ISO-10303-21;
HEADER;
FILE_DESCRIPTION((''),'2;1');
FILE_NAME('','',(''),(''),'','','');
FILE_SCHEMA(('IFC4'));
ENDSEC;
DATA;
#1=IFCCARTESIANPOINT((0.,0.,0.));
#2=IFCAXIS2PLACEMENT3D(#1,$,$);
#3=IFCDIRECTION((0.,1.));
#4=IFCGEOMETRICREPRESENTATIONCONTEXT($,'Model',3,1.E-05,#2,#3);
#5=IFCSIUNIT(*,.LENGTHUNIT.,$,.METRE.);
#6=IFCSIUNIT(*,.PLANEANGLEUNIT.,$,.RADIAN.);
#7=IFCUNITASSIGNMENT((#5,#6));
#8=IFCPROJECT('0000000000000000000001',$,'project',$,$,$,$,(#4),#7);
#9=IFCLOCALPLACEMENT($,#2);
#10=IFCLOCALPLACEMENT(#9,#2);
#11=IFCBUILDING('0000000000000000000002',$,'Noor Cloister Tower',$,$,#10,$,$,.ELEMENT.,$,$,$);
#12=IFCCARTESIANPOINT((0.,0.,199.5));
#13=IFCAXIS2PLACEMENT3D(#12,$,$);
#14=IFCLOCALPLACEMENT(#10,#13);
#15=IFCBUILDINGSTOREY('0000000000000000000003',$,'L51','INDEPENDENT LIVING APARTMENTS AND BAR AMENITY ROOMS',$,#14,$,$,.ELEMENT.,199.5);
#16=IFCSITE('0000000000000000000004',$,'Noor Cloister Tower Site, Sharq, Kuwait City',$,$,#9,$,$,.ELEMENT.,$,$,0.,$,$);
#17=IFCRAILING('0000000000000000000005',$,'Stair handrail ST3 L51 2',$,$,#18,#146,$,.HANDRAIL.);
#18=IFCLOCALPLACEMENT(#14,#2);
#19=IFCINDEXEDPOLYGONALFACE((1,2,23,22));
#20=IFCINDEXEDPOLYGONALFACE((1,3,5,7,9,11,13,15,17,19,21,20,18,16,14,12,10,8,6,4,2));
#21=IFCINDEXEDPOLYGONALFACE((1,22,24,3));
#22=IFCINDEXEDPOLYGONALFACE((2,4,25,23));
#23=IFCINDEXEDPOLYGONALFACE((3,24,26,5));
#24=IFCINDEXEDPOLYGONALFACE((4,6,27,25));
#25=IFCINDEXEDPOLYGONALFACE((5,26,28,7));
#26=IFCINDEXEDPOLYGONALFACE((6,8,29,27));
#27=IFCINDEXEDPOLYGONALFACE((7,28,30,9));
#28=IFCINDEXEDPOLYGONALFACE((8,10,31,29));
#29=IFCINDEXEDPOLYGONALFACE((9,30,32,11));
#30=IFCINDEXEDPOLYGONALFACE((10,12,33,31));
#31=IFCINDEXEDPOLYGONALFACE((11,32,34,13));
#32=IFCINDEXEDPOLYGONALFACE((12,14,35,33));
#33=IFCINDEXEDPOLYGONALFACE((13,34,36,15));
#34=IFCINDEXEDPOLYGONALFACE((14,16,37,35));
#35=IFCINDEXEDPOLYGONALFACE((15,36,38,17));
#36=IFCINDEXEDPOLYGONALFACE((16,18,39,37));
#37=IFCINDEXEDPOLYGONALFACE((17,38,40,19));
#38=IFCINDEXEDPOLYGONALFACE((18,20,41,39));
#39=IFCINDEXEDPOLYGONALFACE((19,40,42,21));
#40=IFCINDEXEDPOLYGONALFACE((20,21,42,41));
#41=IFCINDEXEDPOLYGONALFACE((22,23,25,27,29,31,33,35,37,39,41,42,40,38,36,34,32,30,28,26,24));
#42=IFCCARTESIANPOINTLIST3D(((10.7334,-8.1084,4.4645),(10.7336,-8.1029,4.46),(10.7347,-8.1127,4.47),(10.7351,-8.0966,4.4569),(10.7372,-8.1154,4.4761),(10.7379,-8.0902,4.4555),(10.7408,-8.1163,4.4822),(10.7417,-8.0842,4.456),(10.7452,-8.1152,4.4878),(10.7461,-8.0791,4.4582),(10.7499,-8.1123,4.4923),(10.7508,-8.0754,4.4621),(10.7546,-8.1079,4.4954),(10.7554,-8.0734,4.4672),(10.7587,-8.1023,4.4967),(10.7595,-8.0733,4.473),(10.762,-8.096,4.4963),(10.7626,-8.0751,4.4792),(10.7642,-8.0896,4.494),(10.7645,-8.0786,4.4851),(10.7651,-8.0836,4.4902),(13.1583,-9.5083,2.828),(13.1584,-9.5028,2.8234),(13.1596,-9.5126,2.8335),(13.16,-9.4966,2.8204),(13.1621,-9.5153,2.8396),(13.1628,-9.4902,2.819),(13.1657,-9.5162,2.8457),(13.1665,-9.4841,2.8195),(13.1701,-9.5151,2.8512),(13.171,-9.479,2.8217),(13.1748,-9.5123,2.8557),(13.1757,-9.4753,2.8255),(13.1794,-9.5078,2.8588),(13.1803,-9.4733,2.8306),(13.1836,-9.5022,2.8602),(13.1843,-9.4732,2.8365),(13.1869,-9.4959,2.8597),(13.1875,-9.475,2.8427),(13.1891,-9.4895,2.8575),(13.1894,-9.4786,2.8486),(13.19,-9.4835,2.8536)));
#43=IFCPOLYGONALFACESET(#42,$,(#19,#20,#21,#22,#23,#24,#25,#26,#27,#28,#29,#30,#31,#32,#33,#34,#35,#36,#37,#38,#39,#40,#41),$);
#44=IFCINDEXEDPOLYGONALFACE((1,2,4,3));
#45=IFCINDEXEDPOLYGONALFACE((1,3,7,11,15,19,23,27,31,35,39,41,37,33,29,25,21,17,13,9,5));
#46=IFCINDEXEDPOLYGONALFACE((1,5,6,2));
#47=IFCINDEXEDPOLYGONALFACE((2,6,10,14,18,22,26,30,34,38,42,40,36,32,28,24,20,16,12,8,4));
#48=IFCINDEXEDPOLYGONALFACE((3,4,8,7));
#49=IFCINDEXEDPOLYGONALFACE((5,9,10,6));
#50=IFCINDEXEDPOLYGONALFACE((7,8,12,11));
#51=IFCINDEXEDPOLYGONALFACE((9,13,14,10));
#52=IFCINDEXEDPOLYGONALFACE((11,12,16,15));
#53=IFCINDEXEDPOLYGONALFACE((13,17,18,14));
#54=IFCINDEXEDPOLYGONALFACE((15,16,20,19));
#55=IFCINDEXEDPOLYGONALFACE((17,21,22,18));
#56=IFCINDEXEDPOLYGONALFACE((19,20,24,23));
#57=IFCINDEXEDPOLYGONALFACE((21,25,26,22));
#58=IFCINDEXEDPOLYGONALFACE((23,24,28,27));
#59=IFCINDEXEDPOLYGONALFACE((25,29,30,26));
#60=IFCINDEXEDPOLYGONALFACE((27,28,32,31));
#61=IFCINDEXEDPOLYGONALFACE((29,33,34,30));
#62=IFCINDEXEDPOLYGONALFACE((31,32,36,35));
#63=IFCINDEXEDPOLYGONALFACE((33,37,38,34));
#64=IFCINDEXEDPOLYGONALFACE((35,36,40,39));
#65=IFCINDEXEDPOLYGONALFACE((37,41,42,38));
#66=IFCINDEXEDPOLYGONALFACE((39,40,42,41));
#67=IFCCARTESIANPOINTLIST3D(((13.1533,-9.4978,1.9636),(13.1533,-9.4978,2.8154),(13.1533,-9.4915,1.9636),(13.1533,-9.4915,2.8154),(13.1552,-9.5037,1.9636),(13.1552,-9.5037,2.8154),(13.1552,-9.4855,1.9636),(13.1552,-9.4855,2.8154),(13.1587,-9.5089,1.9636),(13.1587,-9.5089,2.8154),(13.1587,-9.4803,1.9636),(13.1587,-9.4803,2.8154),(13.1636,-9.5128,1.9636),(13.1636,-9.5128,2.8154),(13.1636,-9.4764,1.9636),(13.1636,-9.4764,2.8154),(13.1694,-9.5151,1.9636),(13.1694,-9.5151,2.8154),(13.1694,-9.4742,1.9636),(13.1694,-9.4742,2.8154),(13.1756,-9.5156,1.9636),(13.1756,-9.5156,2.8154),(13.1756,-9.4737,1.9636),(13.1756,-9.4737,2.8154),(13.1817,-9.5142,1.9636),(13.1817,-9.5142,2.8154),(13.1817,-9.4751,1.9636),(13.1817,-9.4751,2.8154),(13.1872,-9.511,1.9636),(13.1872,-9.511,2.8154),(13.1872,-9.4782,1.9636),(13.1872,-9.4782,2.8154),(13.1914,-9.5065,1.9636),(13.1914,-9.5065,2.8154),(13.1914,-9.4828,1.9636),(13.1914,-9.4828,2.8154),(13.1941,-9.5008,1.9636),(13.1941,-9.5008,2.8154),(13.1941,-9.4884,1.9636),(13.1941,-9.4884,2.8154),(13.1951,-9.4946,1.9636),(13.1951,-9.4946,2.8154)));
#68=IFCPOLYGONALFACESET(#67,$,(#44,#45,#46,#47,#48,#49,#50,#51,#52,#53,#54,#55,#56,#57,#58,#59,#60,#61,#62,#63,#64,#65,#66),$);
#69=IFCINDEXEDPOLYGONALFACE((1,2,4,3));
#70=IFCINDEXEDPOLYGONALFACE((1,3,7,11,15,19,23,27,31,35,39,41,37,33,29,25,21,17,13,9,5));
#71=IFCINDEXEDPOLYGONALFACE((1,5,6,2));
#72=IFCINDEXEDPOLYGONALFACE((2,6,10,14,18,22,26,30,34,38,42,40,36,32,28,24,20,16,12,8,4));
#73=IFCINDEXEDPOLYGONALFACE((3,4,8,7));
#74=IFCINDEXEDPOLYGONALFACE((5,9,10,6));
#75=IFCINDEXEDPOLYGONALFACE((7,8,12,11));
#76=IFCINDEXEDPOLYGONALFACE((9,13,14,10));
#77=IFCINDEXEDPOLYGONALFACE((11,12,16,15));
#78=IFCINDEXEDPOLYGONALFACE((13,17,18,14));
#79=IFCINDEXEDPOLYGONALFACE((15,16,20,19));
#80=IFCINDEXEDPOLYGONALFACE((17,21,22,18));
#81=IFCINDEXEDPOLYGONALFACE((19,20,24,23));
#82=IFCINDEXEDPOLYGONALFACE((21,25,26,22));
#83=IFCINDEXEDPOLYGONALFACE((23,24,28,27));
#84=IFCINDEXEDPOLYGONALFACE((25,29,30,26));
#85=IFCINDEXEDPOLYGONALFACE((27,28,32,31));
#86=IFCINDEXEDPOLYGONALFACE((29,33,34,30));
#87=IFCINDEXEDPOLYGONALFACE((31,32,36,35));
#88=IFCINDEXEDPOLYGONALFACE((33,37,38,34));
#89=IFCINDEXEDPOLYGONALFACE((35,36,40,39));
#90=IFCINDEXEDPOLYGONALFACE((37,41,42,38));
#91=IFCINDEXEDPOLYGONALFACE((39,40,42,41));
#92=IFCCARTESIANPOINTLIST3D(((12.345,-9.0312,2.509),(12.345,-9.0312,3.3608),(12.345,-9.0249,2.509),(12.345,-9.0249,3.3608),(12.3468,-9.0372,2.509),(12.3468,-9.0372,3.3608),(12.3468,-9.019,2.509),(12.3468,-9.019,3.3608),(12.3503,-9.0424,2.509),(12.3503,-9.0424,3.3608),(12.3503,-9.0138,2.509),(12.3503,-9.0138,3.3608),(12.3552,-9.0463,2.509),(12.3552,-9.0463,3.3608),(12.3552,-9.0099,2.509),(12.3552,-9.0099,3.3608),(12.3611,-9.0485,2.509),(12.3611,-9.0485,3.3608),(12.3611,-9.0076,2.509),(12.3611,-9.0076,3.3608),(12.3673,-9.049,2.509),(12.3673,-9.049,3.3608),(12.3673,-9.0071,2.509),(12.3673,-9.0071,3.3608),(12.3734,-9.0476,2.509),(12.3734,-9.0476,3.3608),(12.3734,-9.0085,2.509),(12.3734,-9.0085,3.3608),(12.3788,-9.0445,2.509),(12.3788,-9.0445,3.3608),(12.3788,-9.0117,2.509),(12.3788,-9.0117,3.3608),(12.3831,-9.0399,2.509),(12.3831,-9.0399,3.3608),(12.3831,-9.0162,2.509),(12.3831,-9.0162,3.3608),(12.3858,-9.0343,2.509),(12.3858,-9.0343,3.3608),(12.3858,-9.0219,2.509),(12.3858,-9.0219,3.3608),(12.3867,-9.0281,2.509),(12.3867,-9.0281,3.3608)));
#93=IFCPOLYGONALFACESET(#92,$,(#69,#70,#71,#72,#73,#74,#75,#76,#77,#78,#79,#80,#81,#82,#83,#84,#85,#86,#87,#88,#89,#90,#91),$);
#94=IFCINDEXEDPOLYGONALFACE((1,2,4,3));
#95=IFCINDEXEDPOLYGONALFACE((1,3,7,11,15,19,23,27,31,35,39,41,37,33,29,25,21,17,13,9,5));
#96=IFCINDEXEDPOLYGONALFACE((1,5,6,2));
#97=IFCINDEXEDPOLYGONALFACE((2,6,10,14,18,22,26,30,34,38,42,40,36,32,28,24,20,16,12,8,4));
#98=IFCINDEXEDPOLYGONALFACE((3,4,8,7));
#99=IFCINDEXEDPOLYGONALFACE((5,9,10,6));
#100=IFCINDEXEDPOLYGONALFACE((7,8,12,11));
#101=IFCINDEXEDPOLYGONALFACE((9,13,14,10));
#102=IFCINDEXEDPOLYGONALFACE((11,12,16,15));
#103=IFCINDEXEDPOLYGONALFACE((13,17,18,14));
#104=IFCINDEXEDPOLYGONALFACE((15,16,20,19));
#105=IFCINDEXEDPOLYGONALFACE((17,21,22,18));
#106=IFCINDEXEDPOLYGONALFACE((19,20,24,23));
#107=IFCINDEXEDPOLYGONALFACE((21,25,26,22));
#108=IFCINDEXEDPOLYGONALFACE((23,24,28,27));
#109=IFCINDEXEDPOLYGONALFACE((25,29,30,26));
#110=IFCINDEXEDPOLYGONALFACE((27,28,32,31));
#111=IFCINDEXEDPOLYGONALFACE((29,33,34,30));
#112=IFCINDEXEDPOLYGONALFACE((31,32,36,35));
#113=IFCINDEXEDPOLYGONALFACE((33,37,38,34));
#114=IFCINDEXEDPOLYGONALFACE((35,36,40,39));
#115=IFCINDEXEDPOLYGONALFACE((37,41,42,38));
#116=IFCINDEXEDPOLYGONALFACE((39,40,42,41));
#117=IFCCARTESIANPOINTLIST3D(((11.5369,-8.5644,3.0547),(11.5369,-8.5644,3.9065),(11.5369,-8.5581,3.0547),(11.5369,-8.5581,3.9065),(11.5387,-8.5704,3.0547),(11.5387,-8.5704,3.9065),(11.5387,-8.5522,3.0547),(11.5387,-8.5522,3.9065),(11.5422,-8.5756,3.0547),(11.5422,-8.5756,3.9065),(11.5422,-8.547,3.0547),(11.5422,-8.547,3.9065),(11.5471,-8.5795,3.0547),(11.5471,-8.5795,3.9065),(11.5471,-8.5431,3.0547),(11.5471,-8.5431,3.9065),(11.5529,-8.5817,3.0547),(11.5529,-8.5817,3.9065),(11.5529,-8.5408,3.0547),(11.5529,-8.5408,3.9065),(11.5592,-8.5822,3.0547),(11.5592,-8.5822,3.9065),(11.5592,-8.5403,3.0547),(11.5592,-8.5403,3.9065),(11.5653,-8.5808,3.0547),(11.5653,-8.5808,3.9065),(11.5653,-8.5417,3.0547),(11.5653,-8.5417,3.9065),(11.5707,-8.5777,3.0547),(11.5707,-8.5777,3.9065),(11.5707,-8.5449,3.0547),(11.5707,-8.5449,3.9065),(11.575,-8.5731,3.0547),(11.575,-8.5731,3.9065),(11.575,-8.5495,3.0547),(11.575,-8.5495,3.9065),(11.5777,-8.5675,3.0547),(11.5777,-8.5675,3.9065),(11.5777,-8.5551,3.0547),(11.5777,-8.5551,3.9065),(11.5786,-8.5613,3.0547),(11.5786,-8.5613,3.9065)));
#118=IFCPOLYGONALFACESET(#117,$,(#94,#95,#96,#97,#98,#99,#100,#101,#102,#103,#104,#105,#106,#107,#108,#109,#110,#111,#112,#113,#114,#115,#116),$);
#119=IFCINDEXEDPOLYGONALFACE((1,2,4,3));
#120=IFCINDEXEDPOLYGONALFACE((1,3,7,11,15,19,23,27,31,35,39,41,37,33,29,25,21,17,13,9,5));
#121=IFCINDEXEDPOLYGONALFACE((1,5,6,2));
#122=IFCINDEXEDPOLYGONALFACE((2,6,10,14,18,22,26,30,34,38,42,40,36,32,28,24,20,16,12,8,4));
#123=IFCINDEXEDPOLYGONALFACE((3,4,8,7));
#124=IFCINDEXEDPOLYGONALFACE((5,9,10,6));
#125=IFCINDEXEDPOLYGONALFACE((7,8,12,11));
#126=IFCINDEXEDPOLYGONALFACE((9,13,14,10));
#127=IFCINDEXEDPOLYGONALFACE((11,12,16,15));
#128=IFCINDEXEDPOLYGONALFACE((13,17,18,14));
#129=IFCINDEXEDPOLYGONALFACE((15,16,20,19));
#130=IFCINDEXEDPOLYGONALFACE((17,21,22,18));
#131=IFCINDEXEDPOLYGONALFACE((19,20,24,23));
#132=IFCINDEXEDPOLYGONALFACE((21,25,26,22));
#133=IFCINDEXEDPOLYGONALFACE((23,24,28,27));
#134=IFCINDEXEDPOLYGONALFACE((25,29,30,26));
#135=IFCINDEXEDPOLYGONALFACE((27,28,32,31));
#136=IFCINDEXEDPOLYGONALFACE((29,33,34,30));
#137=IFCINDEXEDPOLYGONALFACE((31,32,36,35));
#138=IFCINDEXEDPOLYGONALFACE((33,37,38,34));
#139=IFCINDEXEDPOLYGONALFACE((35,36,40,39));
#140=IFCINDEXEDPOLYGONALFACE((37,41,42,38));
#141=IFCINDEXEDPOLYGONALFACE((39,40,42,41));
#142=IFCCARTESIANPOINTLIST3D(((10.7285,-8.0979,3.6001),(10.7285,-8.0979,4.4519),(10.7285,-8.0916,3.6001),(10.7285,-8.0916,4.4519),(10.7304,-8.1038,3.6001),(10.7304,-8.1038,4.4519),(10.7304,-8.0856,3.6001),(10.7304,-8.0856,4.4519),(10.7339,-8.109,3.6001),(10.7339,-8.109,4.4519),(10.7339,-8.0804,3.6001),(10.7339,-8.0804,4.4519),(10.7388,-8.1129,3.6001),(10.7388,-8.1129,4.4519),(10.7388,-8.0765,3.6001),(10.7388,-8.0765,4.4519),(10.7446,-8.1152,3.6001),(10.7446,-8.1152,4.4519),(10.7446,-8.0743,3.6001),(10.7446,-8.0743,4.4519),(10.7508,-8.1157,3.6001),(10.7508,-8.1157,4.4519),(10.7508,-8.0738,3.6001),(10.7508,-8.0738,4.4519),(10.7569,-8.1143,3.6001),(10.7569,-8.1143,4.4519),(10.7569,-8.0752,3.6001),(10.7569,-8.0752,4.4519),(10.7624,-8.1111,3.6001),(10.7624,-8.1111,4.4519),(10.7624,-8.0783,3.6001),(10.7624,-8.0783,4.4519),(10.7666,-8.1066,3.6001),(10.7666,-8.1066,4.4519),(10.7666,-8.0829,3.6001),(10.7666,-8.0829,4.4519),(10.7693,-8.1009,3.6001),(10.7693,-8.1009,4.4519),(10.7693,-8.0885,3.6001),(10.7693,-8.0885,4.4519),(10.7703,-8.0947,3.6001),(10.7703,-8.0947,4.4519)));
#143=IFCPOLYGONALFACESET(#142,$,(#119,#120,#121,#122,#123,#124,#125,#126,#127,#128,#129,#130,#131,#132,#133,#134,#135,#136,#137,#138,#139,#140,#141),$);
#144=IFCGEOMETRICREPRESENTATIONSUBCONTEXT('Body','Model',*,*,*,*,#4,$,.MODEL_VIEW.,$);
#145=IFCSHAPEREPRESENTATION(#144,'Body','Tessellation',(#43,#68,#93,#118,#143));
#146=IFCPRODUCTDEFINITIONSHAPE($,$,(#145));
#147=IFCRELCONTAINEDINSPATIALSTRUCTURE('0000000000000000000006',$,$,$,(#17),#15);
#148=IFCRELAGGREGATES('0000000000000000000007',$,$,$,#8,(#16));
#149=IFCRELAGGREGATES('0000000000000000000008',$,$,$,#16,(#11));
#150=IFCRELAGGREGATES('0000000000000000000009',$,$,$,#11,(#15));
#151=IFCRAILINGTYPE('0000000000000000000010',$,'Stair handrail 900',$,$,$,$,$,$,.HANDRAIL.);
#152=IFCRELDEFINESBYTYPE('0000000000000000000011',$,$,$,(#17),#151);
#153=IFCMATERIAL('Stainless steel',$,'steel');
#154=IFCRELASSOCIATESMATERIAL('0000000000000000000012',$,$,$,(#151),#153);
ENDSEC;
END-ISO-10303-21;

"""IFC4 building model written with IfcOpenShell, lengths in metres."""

from ifc_helpers import new_model, si_unit, direction, frame, origin, origin_2d, place, context, subcontext, project, spatial, circle, extrude, material, type_object, element, save


model = new_model("IFC4")

# Units and contexts
model_context = context("Model", 3, precision=1e-05, world=origin(), true_north=direction((0.0, 1.0)))
body_context = subcontext(model_context, "Body", "Model", "MODEL_VIEW")
ifc_project = project(units=[si_unit("LENGTHUNIT", "METRE"), si_unit("PLANEANGLEUNIT", "RADIAN")], contexts=[model_context])

# Site, building, storey
site_placement = place(None, origin())
site = spatial("IfcSite", under=ifc_project, at=site_placement, Name="Noor Cloister Tower Site, Sharq, Kuwait City", CompositionType="ELEMENT", RefElevation=0.0)
building_placement = place(site_placement, origin())
building = spatial("IfcBuilding", under=site, at=building_placement, Name="Noor Cloister Tower", CompositionType="ELEMENT")
storey_placement = place(building_placement, frame((0.0, 0.0, 199.5)))
storey = spatial("IfcBuildingStorey", under=building, at=storey_placement, Name="L51", Description="INDEPENDENT LIVING APARTMENTS AND BAR AMENITY ROOMS", CompositionType="ELEMENT", Elevation=199.5)

# Railing
ifc_material_1 = material(Name="Stainless steel", Category="steel")
railing_type_1 = type_object("IfcRailingType", Name="Stair handrail 900", PredefinedType="HANDRAIL", material=ifc_material_1)
railing_1_placement = place(storey_placement, frame((13.1741, -9.4946, 1.9636)))
element("IfcRailing", 1, at=railing_1_placement, inside=storey, type_object=railing_type_1, Name="Stair handrail ST3 L51 2", PredefinedType="HANDRAIL", context=body_context, shape_type="SweptSolid", body=[
    extrude(circle(Radius=0.0239, at=origin_2d()), frame((0.0, 0.0, 0.876), z_axis=(-0.74769, 0.431661, 0.504608), x_axis=(-0.499984, -0.866035, 0.0)), (0.0, 0.0, 1.0), 3.2432),
    extrude(circle(Radius=0.021, at=origin_2d()), origin(), (0.0, 0.0, 1.0), 0.8518),
    extrude(circle(Radius=0.021, at=origin_2d()), frame((-0.8083, 0.4666, 0.5454)), (0.0, 0.0, 1.0), 0.8518),
    extrude(circle(Radius=0.021, at=origin_2d()), frame((-1.6165, 0.9333, 1.0911)), (0.0, 0.0, 1.0), 0.8518),
    extrude(circle(Radius=0.021, at=origin_2d()), frame((-2.4248, 1.3999, 1.6365)), (0.0, 0.0, 1.0), 0.8518),
])

save(model, "model.ifc")
